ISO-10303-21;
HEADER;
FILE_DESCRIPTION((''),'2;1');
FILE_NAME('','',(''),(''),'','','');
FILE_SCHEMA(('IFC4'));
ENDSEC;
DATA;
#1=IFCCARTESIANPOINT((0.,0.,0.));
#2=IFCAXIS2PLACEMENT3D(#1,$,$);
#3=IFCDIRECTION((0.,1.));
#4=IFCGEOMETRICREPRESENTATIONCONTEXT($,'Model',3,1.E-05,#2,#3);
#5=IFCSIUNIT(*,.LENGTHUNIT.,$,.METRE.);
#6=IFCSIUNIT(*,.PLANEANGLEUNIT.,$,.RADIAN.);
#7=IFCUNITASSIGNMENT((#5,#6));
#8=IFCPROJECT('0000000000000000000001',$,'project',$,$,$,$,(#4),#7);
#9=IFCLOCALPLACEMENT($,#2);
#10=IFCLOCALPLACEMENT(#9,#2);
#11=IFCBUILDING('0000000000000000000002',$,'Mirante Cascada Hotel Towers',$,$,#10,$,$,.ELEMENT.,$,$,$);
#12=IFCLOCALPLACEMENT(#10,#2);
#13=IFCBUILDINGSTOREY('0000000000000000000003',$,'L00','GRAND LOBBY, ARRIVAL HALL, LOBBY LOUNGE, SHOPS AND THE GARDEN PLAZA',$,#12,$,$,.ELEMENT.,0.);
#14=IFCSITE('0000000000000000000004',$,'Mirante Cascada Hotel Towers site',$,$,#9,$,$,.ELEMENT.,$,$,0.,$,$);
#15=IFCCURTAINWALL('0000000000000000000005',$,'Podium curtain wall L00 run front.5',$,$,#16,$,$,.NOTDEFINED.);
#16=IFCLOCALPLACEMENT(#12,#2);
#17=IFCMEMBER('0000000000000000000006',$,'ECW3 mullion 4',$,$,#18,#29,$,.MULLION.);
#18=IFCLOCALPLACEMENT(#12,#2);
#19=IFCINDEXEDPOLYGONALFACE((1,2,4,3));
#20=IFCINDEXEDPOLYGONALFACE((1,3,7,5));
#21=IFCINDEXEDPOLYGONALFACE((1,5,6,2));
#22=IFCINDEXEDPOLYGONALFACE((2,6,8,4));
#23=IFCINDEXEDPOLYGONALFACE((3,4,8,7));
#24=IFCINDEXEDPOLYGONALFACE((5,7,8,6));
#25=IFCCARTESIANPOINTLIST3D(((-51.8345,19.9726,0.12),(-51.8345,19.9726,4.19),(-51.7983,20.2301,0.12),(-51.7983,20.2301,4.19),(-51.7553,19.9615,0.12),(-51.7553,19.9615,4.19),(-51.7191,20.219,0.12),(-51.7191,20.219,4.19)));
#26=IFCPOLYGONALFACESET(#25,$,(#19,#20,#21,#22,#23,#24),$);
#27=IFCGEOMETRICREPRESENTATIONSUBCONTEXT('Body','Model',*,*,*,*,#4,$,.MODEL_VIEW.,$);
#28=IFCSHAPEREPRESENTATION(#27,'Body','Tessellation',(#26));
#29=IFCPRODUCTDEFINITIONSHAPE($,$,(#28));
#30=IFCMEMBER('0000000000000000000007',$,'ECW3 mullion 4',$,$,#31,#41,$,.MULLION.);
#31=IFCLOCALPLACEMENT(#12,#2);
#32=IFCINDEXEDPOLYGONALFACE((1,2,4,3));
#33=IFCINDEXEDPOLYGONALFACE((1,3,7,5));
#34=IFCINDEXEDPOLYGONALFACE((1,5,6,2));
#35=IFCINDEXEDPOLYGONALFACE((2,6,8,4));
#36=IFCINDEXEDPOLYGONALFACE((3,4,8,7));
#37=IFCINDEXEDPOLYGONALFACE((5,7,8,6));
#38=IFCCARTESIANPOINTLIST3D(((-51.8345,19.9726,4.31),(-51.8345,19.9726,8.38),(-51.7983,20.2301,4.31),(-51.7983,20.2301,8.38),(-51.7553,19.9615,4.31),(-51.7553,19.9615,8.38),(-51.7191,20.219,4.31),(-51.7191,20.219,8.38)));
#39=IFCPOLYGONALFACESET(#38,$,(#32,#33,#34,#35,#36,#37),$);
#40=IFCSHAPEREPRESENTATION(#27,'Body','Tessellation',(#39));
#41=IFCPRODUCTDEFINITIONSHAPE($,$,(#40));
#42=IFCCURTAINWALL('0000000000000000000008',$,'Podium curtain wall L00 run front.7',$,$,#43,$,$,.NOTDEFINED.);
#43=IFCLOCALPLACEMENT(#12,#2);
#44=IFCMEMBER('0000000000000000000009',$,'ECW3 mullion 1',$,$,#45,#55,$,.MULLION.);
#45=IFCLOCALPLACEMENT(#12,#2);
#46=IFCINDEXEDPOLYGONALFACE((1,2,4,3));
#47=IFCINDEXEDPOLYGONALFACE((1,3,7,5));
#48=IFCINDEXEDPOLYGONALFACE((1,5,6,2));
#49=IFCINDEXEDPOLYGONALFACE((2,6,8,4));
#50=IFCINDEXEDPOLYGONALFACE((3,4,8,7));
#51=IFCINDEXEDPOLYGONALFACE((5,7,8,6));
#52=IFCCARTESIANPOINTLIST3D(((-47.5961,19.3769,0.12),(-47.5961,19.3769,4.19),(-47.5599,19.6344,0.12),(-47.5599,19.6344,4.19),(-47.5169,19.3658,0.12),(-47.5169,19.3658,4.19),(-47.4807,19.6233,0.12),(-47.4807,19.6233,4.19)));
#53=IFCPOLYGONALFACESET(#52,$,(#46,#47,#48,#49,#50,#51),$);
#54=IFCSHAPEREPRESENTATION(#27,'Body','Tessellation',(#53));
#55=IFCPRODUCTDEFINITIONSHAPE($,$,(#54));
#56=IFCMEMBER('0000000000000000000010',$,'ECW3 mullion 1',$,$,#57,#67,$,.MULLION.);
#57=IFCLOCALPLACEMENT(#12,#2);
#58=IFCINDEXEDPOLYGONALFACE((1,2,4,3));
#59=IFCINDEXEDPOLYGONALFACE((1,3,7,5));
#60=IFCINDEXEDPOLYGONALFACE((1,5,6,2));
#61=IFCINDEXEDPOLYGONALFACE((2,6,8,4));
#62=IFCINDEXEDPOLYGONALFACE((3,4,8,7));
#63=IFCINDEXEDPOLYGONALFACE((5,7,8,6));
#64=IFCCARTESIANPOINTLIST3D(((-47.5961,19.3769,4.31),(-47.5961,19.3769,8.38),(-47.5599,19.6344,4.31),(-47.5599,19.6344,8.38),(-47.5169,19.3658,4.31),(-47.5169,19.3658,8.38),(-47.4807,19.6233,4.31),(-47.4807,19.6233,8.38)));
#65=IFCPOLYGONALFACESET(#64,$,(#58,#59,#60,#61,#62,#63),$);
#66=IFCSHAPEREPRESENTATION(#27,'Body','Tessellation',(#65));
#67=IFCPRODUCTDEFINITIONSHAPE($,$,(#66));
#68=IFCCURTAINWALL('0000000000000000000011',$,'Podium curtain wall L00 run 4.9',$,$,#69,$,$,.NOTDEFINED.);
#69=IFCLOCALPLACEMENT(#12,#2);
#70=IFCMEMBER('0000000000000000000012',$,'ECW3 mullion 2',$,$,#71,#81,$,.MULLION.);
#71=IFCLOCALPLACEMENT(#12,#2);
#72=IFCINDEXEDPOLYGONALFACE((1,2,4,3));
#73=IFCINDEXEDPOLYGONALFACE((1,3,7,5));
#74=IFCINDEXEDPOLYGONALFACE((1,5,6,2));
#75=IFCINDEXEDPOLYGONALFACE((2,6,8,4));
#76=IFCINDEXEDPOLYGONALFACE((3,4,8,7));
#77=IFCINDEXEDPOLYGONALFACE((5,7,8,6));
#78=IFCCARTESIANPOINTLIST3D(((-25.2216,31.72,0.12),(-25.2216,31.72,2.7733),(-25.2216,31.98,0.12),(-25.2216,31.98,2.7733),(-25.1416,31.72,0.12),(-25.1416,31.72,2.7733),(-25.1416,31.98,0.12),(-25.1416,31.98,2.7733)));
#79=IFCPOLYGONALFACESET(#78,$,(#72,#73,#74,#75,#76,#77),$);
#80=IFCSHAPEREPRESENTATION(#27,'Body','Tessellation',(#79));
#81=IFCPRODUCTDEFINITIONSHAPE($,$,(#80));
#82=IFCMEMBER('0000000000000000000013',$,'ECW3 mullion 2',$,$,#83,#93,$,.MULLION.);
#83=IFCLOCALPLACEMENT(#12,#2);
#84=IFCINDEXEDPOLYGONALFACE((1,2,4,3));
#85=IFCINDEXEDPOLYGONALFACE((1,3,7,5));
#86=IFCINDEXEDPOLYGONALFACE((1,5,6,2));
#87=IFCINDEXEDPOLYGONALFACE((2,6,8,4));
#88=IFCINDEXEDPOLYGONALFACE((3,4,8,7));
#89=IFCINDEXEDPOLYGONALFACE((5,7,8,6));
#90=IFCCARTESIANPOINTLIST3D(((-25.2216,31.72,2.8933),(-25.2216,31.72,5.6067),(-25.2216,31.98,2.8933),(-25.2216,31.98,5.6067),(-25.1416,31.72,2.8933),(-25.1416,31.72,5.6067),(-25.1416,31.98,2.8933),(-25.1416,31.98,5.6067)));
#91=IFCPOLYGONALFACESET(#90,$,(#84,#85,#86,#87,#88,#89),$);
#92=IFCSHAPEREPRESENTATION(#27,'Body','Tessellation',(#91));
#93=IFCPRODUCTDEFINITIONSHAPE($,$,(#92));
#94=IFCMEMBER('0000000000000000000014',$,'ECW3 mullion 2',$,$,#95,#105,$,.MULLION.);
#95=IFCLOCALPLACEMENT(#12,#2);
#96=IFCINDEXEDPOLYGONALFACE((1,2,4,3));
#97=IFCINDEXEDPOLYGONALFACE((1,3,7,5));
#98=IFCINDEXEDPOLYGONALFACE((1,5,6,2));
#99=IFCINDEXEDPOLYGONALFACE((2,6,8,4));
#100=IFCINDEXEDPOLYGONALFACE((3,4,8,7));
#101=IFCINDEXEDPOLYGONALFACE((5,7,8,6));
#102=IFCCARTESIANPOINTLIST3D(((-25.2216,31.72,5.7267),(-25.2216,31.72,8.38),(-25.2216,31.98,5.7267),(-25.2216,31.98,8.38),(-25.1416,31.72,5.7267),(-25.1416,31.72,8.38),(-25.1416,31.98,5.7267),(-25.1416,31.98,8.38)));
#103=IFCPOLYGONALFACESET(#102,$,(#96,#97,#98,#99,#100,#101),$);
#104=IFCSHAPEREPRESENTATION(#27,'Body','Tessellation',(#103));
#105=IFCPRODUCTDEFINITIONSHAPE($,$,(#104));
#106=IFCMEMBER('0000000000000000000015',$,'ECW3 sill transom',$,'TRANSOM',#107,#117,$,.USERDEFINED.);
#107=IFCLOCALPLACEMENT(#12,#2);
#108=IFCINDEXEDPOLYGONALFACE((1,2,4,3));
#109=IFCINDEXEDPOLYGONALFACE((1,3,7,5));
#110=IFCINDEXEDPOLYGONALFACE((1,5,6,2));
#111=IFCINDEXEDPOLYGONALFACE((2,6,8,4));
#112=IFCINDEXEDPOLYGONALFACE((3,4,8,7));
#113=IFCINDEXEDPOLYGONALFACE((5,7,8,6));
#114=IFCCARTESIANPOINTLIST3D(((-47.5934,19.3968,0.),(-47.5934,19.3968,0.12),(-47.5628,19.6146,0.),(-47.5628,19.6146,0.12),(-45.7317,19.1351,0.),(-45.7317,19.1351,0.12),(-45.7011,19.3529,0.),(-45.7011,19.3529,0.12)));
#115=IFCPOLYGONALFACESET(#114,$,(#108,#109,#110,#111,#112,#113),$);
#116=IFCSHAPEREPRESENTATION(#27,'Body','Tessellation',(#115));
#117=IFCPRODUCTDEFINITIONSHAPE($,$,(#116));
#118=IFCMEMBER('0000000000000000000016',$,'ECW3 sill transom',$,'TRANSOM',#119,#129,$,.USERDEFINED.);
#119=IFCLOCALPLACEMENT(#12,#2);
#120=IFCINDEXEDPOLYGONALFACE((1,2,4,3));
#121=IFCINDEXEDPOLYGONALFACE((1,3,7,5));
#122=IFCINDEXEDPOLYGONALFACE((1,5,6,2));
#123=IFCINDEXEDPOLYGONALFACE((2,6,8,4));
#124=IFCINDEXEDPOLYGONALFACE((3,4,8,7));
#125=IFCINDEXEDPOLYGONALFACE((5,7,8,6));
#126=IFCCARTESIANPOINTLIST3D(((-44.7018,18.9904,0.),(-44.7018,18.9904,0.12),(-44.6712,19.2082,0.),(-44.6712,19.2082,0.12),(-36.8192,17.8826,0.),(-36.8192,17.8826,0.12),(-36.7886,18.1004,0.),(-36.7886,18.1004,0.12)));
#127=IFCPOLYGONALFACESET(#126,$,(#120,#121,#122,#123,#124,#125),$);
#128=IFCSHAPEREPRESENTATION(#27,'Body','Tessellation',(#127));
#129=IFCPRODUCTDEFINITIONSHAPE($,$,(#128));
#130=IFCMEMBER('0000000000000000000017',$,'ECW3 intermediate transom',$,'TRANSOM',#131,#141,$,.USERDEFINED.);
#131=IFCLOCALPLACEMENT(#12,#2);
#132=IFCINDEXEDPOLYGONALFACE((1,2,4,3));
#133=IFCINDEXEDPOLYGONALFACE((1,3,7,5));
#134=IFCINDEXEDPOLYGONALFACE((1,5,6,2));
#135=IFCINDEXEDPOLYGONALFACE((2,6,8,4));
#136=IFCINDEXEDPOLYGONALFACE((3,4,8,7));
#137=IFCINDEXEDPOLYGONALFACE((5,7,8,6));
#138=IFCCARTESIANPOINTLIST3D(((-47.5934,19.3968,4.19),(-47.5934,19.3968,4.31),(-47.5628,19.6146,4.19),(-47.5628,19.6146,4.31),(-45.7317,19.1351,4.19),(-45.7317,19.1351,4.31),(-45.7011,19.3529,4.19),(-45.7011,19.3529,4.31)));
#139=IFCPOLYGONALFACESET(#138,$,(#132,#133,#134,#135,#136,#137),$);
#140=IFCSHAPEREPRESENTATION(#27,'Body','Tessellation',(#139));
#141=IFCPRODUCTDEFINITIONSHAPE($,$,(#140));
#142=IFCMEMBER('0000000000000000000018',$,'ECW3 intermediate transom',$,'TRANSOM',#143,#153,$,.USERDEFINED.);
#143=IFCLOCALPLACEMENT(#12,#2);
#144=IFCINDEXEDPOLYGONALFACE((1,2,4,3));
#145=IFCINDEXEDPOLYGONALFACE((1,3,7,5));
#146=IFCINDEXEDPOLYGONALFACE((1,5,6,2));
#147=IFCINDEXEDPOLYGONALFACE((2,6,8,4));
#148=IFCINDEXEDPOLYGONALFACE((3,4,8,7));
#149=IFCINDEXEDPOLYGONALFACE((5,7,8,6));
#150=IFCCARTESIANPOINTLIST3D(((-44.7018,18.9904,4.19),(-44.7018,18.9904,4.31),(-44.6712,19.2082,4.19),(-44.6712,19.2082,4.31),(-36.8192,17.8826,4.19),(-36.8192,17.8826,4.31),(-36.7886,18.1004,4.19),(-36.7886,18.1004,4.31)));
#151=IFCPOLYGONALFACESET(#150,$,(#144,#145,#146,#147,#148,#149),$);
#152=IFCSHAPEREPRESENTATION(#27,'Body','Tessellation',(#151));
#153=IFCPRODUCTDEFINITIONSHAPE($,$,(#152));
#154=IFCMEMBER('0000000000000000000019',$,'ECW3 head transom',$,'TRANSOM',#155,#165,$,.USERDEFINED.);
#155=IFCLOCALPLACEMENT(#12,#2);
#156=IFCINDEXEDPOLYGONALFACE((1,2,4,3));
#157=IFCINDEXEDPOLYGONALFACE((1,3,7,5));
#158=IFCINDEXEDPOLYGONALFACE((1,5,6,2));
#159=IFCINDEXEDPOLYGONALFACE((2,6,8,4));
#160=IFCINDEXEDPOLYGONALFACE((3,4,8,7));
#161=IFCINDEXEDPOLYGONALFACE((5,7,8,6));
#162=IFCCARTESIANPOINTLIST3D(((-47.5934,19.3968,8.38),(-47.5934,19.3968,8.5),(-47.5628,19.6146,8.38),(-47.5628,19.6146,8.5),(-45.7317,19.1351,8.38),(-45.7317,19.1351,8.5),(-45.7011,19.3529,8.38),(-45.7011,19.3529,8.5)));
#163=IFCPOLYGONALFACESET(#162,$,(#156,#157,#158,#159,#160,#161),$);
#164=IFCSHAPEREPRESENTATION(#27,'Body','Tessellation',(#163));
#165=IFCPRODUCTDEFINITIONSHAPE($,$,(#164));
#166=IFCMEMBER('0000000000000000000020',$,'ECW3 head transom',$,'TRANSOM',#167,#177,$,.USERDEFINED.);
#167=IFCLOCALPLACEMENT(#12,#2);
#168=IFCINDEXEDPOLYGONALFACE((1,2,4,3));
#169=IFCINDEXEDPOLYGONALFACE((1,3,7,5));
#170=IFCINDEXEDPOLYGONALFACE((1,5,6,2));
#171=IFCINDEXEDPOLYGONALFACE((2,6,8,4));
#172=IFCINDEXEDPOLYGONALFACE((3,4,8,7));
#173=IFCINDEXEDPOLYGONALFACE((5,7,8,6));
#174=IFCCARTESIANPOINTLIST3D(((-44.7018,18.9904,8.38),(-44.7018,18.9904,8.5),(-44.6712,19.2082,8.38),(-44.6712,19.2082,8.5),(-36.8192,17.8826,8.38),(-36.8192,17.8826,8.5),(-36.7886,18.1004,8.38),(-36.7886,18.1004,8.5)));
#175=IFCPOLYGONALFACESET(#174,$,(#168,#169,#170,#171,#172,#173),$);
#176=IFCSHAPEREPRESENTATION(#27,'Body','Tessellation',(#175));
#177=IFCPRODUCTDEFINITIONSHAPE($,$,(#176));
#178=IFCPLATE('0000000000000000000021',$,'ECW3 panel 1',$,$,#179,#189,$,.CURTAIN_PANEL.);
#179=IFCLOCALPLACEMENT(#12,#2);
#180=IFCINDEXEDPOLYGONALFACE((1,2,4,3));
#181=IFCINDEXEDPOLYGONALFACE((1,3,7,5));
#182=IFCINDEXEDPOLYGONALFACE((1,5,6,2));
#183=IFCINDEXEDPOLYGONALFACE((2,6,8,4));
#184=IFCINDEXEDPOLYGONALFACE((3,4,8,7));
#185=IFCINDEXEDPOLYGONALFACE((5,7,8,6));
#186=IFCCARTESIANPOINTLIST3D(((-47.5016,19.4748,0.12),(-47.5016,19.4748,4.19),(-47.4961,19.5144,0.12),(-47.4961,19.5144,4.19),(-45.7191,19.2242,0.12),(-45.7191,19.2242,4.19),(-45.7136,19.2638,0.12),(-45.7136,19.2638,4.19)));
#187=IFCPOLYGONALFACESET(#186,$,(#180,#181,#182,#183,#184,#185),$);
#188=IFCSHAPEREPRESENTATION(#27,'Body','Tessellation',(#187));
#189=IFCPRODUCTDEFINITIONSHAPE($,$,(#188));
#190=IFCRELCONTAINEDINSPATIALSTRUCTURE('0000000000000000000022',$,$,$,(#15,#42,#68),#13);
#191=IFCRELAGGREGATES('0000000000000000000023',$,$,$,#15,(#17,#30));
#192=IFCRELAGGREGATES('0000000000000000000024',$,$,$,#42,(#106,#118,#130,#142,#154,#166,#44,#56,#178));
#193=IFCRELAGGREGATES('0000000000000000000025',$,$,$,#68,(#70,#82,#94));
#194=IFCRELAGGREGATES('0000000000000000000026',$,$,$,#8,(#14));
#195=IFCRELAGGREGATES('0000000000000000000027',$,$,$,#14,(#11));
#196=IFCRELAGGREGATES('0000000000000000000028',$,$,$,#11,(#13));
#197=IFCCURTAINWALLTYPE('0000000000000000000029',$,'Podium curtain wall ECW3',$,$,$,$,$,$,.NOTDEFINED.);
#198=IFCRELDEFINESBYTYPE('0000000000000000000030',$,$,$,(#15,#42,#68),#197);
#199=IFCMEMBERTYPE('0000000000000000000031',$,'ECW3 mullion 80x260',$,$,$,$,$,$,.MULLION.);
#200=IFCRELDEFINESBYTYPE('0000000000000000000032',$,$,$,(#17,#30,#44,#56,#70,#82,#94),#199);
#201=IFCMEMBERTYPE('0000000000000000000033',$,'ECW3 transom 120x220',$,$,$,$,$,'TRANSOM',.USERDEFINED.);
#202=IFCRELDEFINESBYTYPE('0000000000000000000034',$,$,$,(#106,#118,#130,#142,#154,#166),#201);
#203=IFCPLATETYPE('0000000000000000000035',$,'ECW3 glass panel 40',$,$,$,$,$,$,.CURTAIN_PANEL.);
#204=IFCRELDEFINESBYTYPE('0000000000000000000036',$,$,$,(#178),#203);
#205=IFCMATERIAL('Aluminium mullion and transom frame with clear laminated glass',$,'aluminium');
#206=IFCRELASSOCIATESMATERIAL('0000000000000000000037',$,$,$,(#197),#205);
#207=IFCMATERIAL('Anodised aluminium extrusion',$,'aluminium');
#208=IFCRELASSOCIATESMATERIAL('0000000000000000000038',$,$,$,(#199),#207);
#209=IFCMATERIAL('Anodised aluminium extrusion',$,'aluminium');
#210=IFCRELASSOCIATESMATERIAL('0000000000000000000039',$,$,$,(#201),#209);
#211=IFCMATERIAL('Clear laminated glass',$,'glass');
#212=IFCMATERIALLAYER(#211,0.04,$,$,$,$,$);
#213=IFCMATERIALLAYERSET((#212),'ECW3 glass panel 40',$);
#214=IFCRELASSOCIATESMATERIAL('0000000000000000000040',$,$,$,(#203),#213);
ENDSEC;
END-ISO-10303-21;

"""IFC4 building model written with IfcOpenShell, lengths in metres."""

from ifc_helpers import new_model, si_unit, direction, frame, origin, origin_2d, place, context, subcontext, project, spatial, rectangle, extrude, material, layer, layer_set, material_profile, profile_set, type_object, element, aggregate, save


model = new_model("IFC4")

# Units and contexts
model_context = context("Model", 3, precision=1e-05, world=origin(), true_north=direction((0.0, 1.0)))
body_context = subcontext(model_context, "Body", "Model", "MODEL_VIEW")
ifc_project = project(units=[si_unit("LENGTHUNIT", "METRE"), si_unit("PLANEANGLEUNIT", "RADIAN")], contexts=[model_context])

# Site, building, storey
site_placement = place(None, origin())
site = spatial("IfcSite", under=ifc_project, at=site_placement, Name="Mirante Cascada Hotel Towers site", CompositionType="ELEMENT", RefElevation=0.0)
building_placement = place(site_placement, origin())
building = spatial("IfcBuilding", under=site, at=building_placement, Name="Mirante Cascada Hotel Towers", CompositionType="ELEMENT")
storey_placement = place(building_placement, origin())
storey = spatial("IfcBuildingStorey", under=building, at=storey_placement, Name="L00", Description="GRAND LOBBY, ARRIVAL HALL, LOBBY LOUNGE, SHOPS AND THE GARDEN PLAZA", CompositionType="ELEMENT", Elevation=0.0)

# Curtain walls, members
ifc_material_1 = material(Name="Aluminium mullion and transom frame with clear laminated glass", Category="aluminium")
curtain_wall_type = type_object("IfcCurtainWallType", Name="Podium curtain wall ECW3", PredefinedType="NOTDEFINED", material=ifc_material_1)
curtain_wall_1_placement = place(storey_placement, origin())
curtain_wall_1 = element("IfcCurtainWall", 1, at=curtain_wall_1_placement, inside=storey, type_object=curtain_wall_type, Name="Podium curtain wall L00 run front.5", PredefinedType="NOTDEFINED")
ifc_material_2 = material(Name="Anodised aluminium extrusion", Category="aluminium")
ifc_material_profile_1 = material_profile(ifc_material_2, rectangle(XDim=0.26, YDim=0.08, at=origin_2d()), Name="ECW3 MULLION 80x260")
ifc_profile_set_1 = profile_set([ifc_material_profile_1], Name="Anodised aluminium extrusion")
member_type_1 = type_object("IfcMemberType", Name="ECW3 mullion 80x260", PredefinedType="MULLION", material=ifc_profile_set_1)
member_1_placement = place(storey_placement, frame((-51.7768, 20.0958, 0.12), z_axis=(0.0, 0.0, 1.0), x_axis=(0.139173, 0.990268, 0.0)))
member_1 = element("IfcMember", 2, at=member_1_placement, type_object=member_type_1, Name="ECW3 mullion 4", PredefinedType="MULLION", context=body_context, shape_type="SweptSolid", body=[
    extrude(rectangle(XDim=0.26, YDim=0.08, at=origin_2d()), origin(), (0.0, 0.0, 1.0), 4.07),
])
member_2_placement = place(storey_placement, frame((-51.7768, 20.0958, 4.31), z_axis=(0.0, 0.0, 1.0), x_axis=(0.139173, 0.990268, 0.0)))
member_2 = element("IfcMember", 3, at=member_2_placement, type_object=member_type_1, Name="ECW3 mullion 4", PredefinedType="MULLION", context=body_context, shape_type="SweptSolid", body=[
    extrude(rectangle(XDim=0.26, YDim=0.08, at=origin_2d()), origin(), (0.0, 0.0, 1.0), 4.07),
])
aggregate(curtain_wall_1, [member_1, member_2])
curtain_wall_2_placement = place(storey_placement, origin())
curtain_wall_2 = element("IfcCurtainWall", 4, at=curtain_wall_2_placement, inside=storey, type_object=curtain_wall_type, Name="Podium curtain wall L00 run front.7", PredefinedType="NOTDEFINED")
member_3_placement = place(storey_placement, frame((-47.5384, 19.5001, 0.12), z_axis=(0.0, 0.0, 1.0), x_axis=(0.139173, 0.990268, 0.0)))
member_3 = element("IfcMember", 5, at=member_3_placement, type_object=member_type_1, Name="ECW3 mullion 1", PredefinedType="MULLION", context=body_context, shape_type="SweptSolid", body=[
    extrude(rectangle(XDim=0.26, YDim=0.08, at=origin_2d()), origin(), (0.0, 0.0, 1.0), 4.07),
])
member_4_placement = place(storey_placement, frame((-47.5384, 19.5001, 4.31), z_axis=(0.0, 0.0, 1.0), x_axis=(0.139173, 0.990268, 0.0)))
member_4 = element("IfcMember", 6, at=member_4_placement, type_object=member_type_1, Name="ECW3 mullion 1", PredefinedType="MULLION", context=body_context, shape_type="SweptSolid", body=[
    extrude(rectangle(XDim=0.26, YDim=0.08, at=origin_2d()), origin(), (0.0, 0.0, 1.0), 4.07),
])
curtain_wall_3_placement = place(storey_placement, origin())
curtain_wall_3 = element("IfcCurtainWall", 7, at=curtain_wall_3_placement, inside=storey, type_object=curtain_wall_type, Name="Podium curtain wall L00 run 4.9", PredefinedType="NOTDEFINED")
member_5_placement = place(storey_placement, frame((-25.1816, 31.85, 0.12), z_axis=(0.0, 0.0, 1.0), x_axis=(0.0, -1.0, 0.0)))
member_5 = element("IfcMember", 8, at=member_5_placement, type_object=member_type_1, Name="ECW3 mullion 2", PredefinedType="MULLION", context=body_context, shape_type="SweptSolid", body=[
    extrude(rectangle(XDim=0.26, YDim=0.08, at=origin_2d()), origin(), (0.0, 0.0, 1.0), 2.6533),
])
member_6_placement = place(storey_placement, frame((-25.1816, 31.85, 2.8933), z_axis=(0.0, 0.0, 1.0), x_axis=(0.0, -1.0, 0.0)))
member_6 = element("IfcMember", 9, at=member_6_placement, type_object=member_type_1, Name="ECW3 mullion 2", PredefinedType="MULLION", context=body_context, shape_type="SweptSolid", body=[
    extrude(rectangle(XDim=0.26, YDim=0.08, at=origin_2d()), origin(), (0.0, 0.0, 1.0), 2.7134),
])
member_7_placement = place(storey_placement, frame((-25.1816, 31.85, 5.7267), z_axis=(0.0, 0.0, 1.0), x_axis=(0.0, -1.0, 0.0)))
member_7 = element("IfcMember", 10, at=member_7_placement, type_object=member_type_1, Name="ECW3 mullion 2", PredefinedType="MULLION", context=body_context, shape_type="SweptSolid", body=[
    extrude(rectangle(XDim=0.26, YDim=0.08, at=origin_2d()), origin(), (0.0, 0.0, 1.0), 2.6533),
])

# Members
ifc_material_3 = material(Name="Anodised aluminium extrusion", Category="aluminium")
ifc_material_profile_2 = material_profile(ifc_material_3, rectangle(XDim=0.22, YDim=0.12, at=origin_2d()), Name="ECW3 TRANSOM 120x220")
ifc_profile_set_2 = profile_set([ifc_material_profile_2], Name="Anodised aluminium extrusion")
member_type_2 = type_object("IfcMemberType", Name="ECW3 transom 120x220", ElementType="TRANSOM", PredefinedType="USERDEFINED", material=ifc_profile_set_2)
member_8_placement = place(storey_placement, frame((-47.5781, 19.5057, 0.06), z_axis=(0.990264, -0.139202, 0.0), x_axis=(0.139202, 0.990264, 0.0)))
member_8 = element("IfcMember", 11, at=member_8_placement, type_object=member_type_2, Name="ECW3 sill transom", ObjectType="TRANSOM", PredefinedType="USERDEFINED", context=body_context, shape_type="SweptSolid", body=[
    extrude(rectangle(XDim=0.22, YDim=0.12, at=origin_2d()), origin(), (0.0, 0.0, 1.0), 1.88),
])
member_9_placement = place(storey_placement, frame((-44.6865, 19.0993, 0.06), z_axis=(0.990268, -0.13917, 0.0), x_axis=(0.13917, 0.990268, 0.0)))
member_9 = element("IfcMember", 12, at=member_9_placement, type_object=member_type_2, Name="ECW3 sill transom", ObjectType="TRANSOM", PredefinedType="USERDEFINED", context=body_context, shape_type="SweptSolid", body=[
    extrude(rectangle(XDim=0.22, YDim=0.12, at=origin_2d()), origin(), (0.0, 0.0, 1.0), 7.9601),
])
member_10_placement = place(storey_placement, frame((-47.5781, 19.5057, 4.25), z_axis=(0.990264, -0.139202, 0.0), x_axis=(0.139202, 0.990264, 0.0)))
member_10 = element("IfcMember", 13, at=member_10_placement, type_object=member_type_2, Name="ECW3 intermediate transom", ObjectType="TRANSOM", PredefinedType="USERDEFINED", context=body_context, shape_type="SweptSolid", body=[
    extrude(rectangle(XDim=0.22, YDim=0.12, at=origin_2d()), origin(), (0.0, 0.0, 1.0), 1.88),
])
member_11_placement = place(storey_placement, frame((-44.6865, 19.0993, 4.25), z_axis=(0.990268, -0.13917, 0.0), x_axis=(0.13917, 0.990268, 0.0)))
member_11 = element("IfcMember", 14, at=member_11_placement, type_object=member_type_2, Name="ECW3 intermediate transom", ObjectType="TRANSOM", PredefinedType="USERDEFINED", context=body_context, shape_type="SweptSolid", body=[
    extrude(rectangle(XDim=0.22, YDim=0.12, at=origin_2d()), origin(), (0.0, 0.0, 1.0), 7.9601),
])
member_12_placement = place(storey_placement, frame((-47.5781, 19.5057, 8.44), z_axis=(0.990264, -0.139202, 0.0), x_axis=(0.139202, 0.990264, 0.0)))
member_12 = element("IfcMember", 15, at=member_12_placement, type_object=member_type_2, Name="ECW3 head transom", ObjectType="TRANSOM", PredefinedType="USERDEFINED", context=body_context, shape_type="SweptSolid", body=[
    extrude(rectangle(XDim=0.22, YDim=0.12, at=origin_2d()), origin(), (0.0, 0.0, 1.0), 1.88),
])
member_13_placement = place(storey_placement, frame((-44.6865, 19.0993, 8.44), z_axis=(0.990268, -0.13917, 0.0), x_axis=(0.13917, 0.990268, 0.0)))
member_13 = element("IfcMember", 16, at=member_13_placement, type_object=member_type_2, Name="ECW3 head transom", ObjectType="TRANSOM", PredefinedType="USERDEFINED", context=body_context, shape_type="SweptSolid", body=[
    extrude(rectangle(XDim=0.22, YDim=0.12, at=origin_2d()), origin(), (0.0, 0.0, 1.0), 7.9601),
])

# Plate
ifc_material_4 = material(Name="Clear laminated glass", Category="glass")
ifc_layer_1 = layer(ifc_material_4, 0.04)
ifc_layer_set_1 = layer_set([ifc_layer_1], Name="ECW3 glass panel 40")
plate_type = type_object("IfcPlateType", Name="ECW3 glass panel 40", PredefinedType="CURTAIN_PANEL", material=ifc_layer_set_1)
plate_1_placement = place(storey_placement, frame((-46.6076, 19.3693, 0.12), z_axis=(0.0, 0.0, 1.0), x_axis=(0.990268, -0.139173, 0.0)))
plate_1 = element("IfcPlate", 17, at=plate_1_placement, type_object=plate_type, Name="ECW3 panel 1", PredefinedType="CURTAIN_PANEL", context=body_context, shape_type="SweptSolid", body=[
    extrude(rectangle(XDim=1.8, YDim=0.04, at=origin_2d()), origin(), (0.0, 0.0, 1.0), 4.07),
])
aggregate(curtain_wall_2, [member_8, member_9, member_10, member_11, member_12, member_13, member_3, member_4, plate_1])
aggregate(curtain_wall_3, [member_5, member_6, member_7])

save(model, "model.ifc")
